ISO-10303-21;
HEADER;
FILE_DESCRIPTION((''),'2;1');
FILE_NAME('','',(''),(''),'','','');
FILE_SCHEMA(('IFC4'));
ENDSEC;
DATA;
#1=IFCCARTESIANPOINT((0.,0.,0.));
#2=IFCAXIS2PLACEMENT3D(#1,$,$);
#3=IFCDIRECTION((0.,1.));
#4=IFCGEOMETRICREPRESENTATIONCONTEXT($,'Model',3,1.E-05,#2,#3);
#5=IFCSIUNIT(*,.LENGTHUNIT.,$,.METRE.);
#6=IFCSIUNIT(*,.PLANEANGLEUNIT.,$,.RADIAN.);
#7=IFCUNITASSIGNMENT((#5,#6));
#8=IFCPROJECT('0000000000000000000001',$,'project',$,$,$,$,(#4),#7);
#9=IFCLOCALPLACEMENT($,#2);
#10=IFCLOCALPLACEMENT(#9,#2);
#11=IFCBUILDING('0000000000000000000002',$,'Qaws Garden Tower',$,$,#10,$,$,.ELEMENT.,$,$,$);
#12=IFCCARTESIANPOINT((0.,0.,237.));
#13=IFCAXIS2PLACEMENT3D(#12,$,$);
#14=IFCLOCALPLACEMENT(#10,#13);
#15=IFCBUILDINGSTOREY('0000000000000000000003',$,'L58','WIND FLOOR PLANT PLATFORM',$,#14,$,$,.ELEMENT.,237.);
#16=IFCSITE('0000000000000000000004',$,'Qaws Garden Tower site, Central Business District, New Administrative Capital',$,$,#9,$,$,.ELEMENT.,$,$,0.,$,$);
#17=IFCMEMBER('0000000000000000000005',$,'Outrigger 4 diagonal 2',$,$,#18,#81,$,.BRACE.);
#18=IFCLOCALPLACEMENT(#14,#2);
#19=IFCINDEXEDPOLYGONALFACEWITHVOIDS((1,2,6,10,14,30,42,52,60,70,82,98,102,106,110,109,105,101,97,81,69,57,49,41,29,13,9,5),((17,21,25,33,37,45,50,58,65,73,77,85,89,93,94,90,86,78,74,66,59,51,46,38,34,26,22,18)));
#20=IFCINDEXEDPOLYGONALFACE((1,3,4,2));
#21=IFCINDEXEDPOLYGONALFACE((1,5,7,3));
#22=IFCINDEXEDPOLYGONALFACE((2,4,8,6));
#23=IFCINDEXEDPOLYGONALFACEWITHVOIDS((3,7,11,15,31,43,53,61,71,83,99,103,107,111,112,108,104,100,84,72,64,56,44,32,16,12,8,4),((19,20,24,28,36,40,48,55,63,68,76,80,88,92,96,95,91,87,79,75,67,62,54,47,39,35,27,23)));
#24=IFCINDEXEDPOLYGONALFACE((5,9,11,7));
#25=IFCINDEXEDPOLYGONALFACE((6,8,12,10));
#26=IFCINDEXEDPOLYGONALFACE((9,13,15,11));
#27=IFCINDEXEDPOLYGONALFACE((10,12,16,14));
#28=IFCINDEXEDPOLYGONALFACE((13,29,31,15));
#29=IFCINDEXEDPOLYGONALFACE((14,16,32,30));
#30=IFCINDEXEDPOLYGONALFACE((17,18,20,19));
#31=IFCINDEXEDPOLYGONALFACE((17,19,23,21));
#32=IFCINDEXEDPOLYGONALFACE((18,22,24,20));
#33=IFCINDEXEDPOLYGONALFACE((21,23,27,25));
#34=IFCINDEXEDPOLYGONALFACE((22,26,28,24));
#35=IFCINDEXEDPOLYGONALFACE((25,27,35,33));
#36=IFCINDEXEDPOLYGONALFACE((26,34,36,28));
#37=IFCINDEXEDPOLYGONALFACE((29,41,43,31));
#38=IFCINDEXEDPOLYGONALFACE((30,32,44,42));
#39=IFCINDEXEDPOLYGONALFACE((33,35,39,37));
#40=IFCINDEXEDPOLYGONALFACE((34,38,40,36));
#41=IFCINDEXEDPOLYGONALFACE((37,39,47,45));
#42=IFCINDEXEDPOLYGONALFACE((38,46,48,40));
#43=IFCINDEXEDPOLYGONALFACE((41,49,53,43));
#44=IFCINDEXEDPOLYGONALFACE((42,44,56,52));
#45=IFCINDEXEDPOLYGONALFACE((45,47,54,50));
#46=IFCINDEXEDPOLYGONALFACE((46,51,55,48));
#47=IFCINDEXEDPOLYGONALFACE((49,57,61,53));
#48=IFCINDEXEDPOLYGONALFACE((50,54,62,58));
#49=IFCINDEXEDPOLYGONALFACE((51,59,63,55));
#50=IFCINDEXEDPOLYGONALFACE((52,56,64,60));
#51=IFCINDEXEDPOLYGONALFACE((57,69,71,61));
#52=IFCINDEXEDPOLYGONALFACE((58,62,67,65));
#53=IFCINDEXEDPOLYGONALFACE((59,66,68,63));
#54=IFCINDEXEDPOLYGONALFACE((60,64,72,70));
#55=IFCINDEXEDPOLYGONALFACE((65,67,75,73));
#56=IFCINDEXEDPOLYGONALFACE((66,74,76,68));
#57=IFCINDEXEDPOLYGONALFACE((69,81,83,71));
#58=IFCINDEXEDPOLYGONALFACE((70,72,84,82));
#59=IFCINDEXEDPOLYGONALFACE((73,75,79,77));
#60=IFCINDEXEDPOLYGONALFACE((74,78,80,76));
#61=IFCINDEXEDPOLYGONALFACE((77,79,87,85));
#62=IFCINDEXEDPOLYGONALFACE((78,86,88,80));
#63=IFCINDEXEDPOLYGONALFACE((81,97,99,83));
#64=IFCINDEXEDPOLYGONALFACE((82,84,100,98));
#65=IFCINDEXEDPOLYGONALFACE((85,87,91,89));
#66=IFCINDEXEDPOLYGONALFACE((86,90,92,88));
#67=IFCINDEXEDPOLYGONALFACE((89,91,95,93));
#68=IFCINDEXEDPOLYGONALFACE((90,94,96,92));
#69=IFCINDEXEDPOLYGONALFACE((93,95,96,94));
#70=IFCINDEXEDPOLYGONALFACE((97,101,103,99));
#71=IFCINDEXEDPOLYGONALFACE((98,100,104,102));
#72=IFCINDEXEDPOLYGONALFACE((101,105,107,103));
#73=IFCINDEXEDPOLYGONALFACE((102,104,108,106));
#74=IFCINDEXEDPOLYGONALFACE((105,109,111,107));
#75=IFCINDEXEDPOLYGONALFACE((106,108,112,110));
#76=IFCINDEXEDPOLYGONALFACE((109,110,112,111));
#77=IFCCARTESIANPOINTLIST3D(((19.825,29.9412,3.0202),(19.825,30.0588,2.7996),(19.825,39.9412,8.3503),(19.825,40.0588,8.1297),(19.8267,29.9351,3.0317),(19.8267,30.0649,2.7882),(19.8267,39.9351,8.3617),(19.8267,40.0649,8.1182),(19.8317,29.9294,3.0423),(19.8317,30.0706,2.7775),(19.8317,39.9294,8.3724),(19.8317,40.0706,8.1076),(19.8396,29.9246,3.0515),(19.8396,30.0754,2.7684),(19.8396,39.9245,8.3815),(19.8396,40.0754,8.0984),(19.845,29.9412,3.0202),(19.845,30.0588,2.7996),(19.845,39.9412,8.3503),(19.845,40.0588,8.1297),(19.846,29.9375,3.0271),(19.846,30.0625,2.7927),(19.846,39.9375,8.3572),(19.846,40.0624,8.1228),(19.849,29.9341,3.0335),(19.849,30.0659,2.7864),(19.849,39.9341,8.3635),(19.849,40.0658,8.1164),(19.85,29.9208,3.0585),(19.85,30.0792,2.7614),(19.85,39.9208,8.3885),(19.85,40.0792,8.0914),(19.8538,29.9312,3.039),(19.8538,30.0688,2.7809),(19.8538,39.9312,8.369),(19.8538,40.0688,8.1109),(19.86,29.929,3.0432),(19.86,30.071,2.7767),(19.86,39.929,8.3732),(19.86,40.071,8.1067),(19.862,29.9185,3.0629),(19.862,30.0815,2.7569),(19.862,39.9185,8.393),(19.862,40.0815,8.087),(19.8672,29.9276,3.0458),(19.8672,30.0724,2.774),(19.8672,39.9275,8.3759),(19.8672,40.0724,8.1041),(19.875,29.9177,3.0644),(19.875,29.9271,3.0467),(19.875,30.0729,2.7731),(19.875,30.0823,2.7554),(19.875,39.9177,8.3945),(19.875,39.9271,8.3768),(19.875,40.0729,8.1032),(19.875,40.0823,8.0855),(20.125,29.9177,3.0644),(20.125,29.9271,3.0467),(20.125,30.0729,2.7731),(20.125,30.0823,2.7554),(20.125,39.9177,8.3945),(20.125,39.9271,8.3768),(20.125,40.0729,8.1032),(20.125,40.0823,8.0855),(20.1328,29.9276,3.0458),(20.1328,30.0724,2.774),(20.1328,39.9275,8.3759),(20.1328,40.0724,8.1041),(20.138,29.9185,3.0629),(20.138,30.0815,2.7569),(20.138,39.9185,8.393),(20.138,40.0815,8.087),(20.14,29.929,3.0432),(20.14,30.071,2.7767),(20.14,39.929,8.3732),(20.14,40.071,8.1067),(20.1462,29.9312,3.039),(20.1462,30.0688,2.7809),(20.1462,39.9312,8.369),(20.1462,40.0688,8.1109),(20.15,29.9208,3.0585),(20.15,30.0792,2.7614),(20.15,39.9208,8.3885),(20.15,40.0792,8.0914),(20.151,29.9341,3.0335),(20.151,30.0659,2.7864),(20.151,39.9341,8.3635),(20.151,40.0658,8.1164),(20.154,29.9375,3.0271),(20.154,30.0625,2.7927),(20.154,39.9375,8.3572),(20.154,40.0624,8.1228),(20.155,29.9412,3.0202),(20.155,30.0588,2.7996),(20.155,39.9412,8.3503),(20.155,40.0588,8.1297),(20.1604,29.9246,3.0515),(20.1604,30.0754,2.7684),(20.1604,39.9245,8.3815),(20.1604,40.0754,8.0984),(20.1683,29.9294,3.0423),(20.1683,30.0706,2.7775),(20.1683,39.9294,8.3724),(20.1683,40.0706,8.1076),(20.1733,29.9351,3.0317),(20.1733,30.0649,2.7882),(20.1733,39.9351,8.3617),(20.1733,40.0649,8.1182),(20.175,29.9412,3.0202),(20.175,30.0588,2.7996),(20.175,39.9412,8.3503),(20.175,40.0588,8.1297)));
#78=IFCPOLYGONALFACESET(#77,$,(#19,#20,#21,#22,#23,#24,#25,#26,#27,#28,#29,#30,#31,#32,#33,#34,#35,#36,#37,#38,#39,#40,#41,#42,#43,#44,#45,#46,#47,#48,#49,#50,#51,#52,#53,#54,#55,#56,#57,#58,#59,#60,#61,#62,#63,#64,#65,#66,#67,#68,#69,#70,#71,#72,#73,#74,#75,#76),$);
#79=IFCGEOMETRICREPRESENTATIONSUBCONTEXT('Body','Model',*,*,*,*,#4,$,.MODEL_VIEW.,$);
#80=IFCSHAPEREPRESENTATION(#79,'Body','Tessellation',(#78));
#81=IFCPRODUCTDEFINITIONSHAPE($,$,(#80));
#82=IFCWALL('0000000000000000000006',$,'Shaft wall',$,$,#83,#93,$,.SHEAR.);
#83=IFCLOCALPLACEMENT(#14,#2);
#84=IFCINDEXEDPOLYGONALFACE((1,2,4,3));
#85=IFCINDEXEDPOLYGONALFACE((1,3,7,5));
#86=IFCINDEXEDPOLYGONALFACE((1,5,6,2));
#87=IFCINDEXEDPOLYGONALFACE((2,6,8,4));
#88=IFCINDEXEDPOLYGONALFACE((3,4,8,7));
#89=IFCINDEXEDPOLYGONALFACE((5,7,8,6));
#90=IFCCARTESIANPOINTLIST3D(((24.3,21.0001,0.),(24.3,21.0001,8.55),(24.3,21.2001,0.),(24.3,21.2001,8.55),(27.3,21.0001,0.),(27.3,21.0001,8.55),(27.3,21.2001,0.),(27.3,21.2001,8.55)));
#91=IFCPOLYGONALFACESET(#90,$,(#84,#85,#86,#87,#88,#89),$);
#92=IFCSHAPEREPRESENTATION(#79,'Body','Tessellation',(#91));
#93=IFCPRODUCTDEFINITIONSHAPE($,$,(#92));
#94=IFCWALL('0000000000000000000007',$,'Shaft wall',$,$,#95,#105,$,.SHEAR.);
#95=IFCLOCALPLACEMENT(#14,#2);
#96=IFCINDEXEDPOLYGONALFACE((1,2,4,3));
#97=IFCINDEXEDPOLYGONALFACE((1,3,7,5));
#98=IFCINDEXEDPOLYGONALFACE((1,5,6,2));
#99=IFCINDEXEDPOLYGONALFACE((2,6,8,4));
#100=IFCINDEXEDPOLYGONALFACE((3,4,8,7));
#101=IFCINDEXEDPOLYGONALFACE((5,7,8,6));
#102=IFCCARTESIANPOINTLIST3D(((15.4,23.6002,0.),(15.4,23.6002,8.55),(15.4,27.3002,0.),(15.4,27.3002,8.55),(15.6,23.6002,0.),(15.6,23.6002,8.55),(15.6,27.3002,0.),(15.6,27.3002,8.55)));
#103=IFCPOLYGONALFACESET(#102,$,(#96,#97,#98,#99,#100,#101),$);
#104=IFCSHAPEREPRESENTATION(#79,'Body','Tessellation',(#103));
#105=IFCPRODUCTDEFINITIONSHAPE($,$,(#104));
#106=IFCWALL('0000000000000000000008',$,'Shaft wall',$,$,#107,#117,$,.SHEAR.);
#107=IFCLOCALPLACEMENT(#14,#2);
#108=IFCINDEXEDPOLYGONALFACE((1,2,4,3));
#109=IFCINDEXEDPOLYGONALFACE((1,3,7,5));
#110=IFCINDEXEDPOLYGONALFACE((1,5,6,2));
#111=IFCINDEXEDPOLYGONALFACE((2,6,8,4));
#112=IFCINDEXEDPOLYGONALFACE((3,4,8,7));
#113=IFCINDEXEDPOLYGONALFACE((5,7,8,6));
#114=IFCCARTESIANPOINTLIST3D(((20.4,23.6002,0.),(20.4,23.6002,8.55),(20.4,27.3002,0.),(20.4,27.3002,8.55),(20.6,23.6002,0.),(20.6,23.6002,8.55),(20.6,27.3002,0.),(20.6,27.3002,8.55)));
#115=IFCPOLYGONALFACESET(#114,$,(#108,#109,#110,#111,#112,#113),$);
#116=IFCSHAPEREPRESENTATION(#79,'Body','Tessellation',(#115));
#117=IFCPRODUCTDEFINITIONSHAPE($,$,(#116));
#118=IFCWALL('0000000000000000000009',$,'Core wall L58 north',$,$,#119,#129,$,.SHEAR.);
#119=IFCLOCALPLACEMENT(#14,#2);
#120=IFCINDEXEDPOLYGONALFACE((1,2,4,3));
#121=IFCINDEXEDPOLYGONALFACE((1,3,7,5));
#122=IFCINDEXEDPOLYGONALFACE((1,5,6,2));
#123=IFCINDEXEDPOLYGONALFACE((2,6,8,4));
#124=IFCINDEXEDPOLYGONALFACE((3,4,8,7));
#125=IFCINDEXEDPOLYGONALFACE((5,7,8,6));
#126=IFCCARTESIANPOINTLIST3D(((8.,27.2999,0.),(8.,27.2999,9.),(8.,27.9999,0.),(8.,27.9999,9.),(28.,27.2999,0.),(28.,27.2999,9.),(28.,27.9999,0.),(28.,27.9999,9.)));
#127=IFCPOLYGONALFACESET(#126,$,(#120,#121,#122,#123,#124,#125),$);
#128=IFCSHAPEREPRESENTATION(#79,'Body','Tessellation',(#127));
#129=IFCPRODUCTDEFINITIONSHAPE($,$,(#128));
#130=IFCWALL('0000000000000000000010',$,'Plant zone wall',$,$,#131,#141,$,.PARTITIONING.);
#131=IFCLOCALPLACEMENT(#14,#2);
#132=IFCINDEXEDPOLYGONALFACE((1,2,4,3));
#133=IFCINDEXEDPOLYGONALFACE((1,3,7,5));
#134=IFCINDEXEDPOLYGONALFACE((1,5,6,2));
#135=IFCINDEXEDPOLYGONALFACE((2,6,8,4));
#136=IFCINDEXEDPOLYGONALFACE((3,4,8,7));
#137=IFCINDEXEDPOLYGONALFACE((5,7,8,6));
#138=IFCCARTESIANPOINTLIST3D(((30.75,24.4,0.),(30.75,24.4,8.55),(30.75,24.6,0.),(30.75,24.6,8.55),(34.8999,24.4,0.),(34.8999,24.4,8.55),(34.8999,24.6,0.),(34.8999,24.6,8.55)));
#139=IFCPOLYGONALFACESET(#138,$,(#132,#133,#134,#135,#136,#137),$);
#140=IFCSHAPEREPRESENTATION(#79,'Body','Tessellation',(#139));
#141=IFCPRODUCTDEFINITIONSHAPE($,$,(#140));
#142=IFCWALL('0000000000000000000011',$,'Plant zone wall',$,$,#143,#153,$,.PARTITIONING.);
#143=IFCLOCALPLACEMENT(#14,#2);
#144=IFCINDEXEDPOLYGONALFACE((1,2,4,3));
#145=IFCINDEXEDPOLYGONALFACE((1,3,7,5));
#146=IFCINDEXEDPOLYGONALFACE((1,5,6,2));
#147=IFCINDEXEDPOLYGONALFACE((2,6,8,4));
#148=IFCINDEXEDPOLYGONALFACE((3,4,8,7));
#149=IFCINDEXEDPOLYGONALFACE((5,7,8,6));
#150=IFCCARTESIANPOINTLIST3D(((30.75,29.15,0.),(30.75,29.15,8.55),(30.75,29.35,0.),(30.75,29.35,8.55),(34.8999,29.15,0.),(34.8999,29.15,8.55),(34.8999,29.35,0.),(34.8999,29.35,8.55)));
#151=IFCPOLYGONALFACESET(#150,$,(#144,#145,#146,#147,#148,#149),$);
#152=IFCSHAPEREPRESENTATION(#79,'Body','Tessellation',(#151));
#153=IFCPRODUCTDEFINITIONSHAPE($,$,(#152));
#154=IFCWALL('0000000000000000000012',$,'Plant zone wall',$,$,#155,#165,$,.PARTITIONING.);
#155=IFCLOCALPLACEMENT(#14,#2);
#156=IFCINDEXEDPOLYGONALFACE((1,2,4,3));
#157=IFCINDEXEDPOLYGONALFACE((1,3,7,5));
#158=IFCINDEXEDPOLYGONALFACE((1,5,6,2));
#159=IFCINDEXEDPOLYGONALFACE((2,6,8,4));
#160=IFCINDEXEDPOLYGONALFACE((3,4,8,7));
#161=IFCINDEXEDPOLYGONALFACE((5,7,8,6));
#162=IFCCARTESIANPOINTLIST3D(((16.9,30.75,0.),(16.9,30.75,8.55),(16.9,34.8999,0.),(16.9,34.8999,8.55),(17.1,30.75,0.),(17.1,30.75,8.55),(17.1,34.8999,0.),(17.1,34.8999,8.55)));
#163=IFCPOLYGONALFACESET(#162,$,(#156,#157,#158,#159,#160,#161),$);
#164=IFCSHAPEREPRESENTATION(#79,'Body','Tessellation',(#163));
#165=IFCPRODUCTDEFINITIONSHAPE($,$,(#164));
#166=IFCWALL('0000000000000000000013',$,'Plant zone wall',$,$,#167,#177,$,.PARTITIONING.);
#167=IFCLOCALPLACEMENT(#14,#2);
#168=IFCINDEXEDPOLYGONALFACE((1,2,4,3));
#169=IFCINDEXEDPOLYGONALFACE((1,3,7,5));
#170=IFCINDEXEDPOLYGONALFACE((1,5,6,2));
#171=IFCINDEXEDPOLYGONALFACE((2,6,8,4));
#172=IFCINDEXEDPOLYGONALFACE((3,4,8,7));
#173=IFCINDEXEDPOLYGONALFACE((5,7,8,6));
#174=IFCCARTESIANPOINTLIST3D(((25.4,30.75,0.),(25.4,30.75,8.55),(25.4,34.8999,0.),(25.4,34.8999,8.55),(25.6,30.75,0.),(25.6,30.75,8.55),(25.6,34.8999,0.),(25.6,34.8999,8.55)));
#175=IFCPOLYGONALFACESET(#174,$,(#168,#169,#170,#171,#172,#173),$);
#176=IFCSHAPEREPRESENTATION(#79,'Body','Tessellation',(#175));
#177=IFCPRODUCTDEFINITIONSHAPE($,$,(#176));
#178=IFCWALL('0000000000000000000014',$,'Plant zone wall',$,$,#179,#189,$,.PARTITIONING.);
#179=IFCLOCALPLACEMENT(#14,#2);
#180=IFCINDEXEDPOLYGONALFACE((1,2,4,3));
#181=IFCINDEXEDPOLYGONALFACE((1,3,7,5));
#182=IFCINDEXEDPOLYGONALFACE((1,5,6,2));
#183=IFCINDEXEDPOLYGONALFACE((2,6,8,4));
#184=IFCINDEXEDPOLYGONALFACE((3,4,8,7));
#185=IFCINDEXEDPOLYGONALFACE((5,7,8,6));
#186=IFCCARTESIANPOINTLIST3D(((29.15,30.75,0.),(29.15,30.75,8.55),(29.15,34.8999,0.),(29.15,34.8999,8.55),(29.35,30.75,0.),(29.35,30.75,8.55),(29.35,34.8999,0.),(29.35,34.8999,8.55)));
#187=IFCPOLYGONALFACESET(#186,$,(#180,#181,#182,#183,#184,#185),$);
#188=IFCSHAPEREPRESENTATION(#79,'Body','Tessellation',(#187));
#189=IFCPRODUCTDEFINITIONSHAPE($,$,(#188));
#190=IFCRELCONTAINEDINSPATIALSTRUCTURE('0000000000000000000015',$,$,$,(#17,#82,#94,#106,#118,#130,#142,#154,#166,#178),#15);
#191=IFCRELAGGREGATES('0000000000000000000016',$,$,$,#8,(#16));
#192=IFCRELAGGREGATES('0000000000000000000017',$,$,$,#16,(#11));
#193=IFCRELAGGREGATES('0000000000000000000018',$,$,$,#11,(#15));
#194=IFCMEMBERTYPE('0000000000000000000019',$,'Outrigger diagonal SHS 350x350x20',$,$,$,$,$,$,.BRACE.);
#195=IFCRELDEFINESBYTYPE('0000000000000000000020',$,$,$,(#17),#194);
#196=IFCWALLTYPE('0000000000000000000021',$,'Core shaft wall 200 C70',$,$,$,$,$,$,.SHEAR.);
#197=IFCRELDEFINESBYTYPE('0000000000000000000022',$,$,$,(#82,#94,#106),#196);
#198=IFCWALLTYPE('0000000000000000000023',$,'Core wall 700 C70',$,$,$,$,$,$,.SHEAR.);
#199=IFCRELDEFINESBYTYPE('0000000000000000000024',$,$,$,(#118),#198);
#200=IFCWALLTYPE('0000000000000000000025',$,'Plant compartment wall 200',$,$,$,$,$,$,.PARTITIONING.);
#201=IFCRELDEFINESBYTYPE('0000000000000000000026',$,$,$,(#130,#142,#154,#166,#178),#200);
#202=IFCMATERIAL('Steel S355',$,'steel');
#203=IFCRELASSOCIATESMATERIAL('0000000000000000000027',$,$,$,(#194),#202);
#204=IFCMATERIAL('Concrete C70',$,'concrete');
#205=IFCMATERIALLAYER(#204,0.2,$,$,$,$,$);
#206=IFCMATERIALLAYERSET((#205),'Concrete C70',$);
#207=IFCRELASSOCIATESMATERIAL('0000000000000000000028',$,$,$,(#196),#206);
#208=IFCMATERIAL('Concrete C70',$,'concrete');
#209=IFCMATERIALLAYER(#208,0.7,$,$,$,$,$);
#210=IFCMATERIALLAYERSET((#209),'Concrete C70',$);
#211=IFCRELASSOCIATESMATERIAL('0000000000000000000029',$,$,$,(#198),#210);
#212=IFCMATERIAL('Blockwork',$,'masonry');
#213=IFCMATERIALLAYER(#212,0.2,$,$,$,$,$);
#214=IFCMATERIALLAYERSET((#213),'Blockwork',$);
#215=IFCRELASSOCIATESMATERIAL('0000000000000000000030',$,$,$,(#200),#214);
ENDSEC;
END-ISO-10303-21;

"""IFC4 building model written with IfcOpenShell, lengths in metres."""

from ifc_helpers import new_model, si_unit, direction, frame, frame_2d, origin, origin_2d, place, context, subcontext, project, spatial, rectangle, hollow_rectangle, extrude, material, layer, layer_set, material_profile, profile_set, type_object, element, save


model = new_model("IFC4")

# Units and contexts
model_context = context("Model", 3, precision=1e-05, world=origin(), true_north=direction((0.0, 1.0)))
body_context = subcontext(model_context, "Body", "Model", "MODEL_VIEW")
ifc_project = project(units=[si_unit("LENGTHUNIT", "METRE"), si_unit("PLANEANGLEUNIT", "RADIAN")], contexts=[model_context])

# Site, building, storey
site_placement = place(None, origin())
site = spatial("IfcSite", under=ifc_project, at=site_placement, Name="Qaws Garden Tower site, Central Business District, New Administrative Capital", CompositionType="ELEMENT", RefElevation=0.0)
building_placement = place(site_placement, origin())
building = spatial("IfcBuilding", under=site, at=building_placement, Name="Qaws Garden Tower", CompositionType="ELEMENT")
storey_placement = place(building_placement, frame((0.0, 0.0, 237.0)))
storey = spatial("IfcBuildingStorey", under=building, at=storey_placement, Name="L58", Description="WIND FLOOR PLANT PLATFORM", CompositionType="ELEMENT", Elevation=237.0)

# Member
ifc_material_1 = material(Name="Steel S355", Category="steel")
ifc_material_profile_1 = material_profile(ifc_material_1, hollow_rectangle(XDim=0.3501, YDim=0.3501, WallThickness=0.02, InnerFilletRadius=0.03, OuterFilletRadius=0.05, at=origin_2d()), Name="SHS 350x350x20")
ifc_profile_set_1 = profile_set([ifc_material_profile_1], Name="Steel S355")
member_type_1 = type_object("IfcMemberType", Name="Outrigger diagonal SHS 350x350x20", PredefinedType="BRACE", material=ifc_profile_set_1)
member_1_placement = place(storey_placement, frame((20.0, 30.0, 2.9099), z_axis=(0.0, 0.882472, 0.470365), x_axis=(-1.0, 0.0, 0.0)))
element("IfcMember", 1, at=member_1_placement, inside=storey, type_object=member_type_1, Name="Outrigger 4 diagonal 2", PredefinedType="BRACE", context=body_context, shape_type="SweptSolid", body=[
    extrude(hollow_rectangle(XDim=0.3501, YDim=0.3501, WallThickness=0.02, InnerFilletRadius=0.03, OuterFilletRadius=0.05, at=origin_2d()), origin(), (0.0, 0.0, 1.0), 11.3318),
])

# Walls
ifc_material_2 = material(Name="Concrete C70", Category="concrete")
ifc_layer_1 = layer(ifc_material_2, 0.2)
ifc_layer_set_1 = layer_set([ifc_layer_1], Name="Concrete C70")
wall_type_1 = type_object("IfcWallType", Name="Core shaft wall 200 C70", PredefinedType="SHEAR", material=ifc_layer_set_1)
wall_1_placement = place(storey_placement, frame((24.3, 21.1001, 0.0), z_axis=(0.0, 0.0, 1.0), x_axis=(1.0, 0.0, 0.0)))
element("IfcWall", 2, at=wall_1_placement, inside=storey, type_object=wall_type_1, Name="Shaft wall", PredefinedType="SHEAR", context=body_context, shape_type="SweptSolid", body=[
    extrude(rectangle(XDim=3.0, YDim=0.2, at=frame_2d((1.5, 0.0))), origin(), (0.0, 0.0, 1.0), 8.55),
])
for number, where, z_axis, x_axis, name in (
    (3, (15.5, 23.6001, 0.0), (0.0, 0.0, 1.0), (0.0, 1.0, 0.0), "Shaft wall"),
    (4, (20.5, 23.6001, 0.0), (0.0, 0.0, 1.0), (0.0, 1.0, 0.0), "Shaft wall"),
):
    element("IfcWall", number, at=place(storey_placement, frame(where, z_axis=z_axis, x_axis=x_axis)), inside=storey, type_object=wall_type_1, Name=name, PredefinedType="SHEAR", context=body_context, shape_type="SweptSolid", body=[
        extrude(rectangle(XDim=3.7, YDim=0.2, at=frame_2d((1.8501, 0.0))), origin(), (0.0, 0.0, 1.0), 8.55),
    ])
ifc_material_3 = material(Name="Concrete C70", Category="concrete")
ifc_layer_2 = layer(ifc_material_3, 0.7)
ifc_layer_set_2 = layer_set([ifc_layer_2], Name="Concrete C70")
wall_type_2 = type_object("IfcWallType", Name="Core wall 700 C70", PredefinedType="SHEAR", material=ifc_layer_set_2)
wall_2_placement = place(storey_placement, frame((28.0, 27.6499, 0.0), z_axis=(0.0, 0.0, 1.0), x_axis=(-1.0, 0.0, 0.0)))
element("IfcWall", 5, at=wall_2_placement, inside=storey, type_object=wall_type_2, Name="Core wall L58 north", PredefinedType="SHEAR", context=body_context, shape_type="SweptSolid", body=[
    extrude(rectangle(XDim=20.0, YDim=0.7, at=frame_2d((10.0, 0.0))), origin(), (0.0, 0.0, 1.0), 9.0),
])
ifc_material_4 = material(Name="Blockwork", Category="masonry")
ifc_layer_3 = layer(ifc_material_4, 0.2)
ifc_layer_set_3 = layer_set([ifc_layer_3], Name="Blockwork")
wall_type_3 = type_object("IfcWallType", Name="Plant compartment wall 200", PredefinedType="PARTITIONING", material=ifc_layer_set_3)
for number, where, z_axis, x_axis, name in (
    (6, (30.75, 24.5, 0.0), (0.0, 0.0, 1.0), (1.0, 0.0, 0.0), "Plant zone wall"),
    (7, (30.75, 29.25, 0.0), (0.0, 0.0, 1.0), (1.0, 0.0, 0.0), "Plant zone wall"),
    (8, (17.0, 30.75, 0.0), (0.0, 0.0, 1.0), (0.0, 1.0, 0.0), "Plant zone wall"),
    (9, (25.5, 30.75, 0.0), (0.0, 0.0, 1.0), (0.0, 1.0, 0.0), "Plant zone wall"),
    (10, (29.25, 30.75, 0.0), (0.0, 0.0, 1.0), (0.0, 1.0, 0.0), "Plant zone wall"),
):
    element("IfcWall", number, at=place(storey_placement, frame(where, z_axis=z_axis, x_axis=x_axis)), inside=storey, type_object=wall_type_3, Name=name, PredefinedType="PARTITIONING", context=body_context, shape_type="SweptSolid", body=[
        extrude(rectangle(XDim=4.1499, YDim=0.2, at=frame_2d((2.075, 0.0))), origin(), (0.0, 0.0, 1.0), 8.55),
    ])

save(model, "model.ifc")
